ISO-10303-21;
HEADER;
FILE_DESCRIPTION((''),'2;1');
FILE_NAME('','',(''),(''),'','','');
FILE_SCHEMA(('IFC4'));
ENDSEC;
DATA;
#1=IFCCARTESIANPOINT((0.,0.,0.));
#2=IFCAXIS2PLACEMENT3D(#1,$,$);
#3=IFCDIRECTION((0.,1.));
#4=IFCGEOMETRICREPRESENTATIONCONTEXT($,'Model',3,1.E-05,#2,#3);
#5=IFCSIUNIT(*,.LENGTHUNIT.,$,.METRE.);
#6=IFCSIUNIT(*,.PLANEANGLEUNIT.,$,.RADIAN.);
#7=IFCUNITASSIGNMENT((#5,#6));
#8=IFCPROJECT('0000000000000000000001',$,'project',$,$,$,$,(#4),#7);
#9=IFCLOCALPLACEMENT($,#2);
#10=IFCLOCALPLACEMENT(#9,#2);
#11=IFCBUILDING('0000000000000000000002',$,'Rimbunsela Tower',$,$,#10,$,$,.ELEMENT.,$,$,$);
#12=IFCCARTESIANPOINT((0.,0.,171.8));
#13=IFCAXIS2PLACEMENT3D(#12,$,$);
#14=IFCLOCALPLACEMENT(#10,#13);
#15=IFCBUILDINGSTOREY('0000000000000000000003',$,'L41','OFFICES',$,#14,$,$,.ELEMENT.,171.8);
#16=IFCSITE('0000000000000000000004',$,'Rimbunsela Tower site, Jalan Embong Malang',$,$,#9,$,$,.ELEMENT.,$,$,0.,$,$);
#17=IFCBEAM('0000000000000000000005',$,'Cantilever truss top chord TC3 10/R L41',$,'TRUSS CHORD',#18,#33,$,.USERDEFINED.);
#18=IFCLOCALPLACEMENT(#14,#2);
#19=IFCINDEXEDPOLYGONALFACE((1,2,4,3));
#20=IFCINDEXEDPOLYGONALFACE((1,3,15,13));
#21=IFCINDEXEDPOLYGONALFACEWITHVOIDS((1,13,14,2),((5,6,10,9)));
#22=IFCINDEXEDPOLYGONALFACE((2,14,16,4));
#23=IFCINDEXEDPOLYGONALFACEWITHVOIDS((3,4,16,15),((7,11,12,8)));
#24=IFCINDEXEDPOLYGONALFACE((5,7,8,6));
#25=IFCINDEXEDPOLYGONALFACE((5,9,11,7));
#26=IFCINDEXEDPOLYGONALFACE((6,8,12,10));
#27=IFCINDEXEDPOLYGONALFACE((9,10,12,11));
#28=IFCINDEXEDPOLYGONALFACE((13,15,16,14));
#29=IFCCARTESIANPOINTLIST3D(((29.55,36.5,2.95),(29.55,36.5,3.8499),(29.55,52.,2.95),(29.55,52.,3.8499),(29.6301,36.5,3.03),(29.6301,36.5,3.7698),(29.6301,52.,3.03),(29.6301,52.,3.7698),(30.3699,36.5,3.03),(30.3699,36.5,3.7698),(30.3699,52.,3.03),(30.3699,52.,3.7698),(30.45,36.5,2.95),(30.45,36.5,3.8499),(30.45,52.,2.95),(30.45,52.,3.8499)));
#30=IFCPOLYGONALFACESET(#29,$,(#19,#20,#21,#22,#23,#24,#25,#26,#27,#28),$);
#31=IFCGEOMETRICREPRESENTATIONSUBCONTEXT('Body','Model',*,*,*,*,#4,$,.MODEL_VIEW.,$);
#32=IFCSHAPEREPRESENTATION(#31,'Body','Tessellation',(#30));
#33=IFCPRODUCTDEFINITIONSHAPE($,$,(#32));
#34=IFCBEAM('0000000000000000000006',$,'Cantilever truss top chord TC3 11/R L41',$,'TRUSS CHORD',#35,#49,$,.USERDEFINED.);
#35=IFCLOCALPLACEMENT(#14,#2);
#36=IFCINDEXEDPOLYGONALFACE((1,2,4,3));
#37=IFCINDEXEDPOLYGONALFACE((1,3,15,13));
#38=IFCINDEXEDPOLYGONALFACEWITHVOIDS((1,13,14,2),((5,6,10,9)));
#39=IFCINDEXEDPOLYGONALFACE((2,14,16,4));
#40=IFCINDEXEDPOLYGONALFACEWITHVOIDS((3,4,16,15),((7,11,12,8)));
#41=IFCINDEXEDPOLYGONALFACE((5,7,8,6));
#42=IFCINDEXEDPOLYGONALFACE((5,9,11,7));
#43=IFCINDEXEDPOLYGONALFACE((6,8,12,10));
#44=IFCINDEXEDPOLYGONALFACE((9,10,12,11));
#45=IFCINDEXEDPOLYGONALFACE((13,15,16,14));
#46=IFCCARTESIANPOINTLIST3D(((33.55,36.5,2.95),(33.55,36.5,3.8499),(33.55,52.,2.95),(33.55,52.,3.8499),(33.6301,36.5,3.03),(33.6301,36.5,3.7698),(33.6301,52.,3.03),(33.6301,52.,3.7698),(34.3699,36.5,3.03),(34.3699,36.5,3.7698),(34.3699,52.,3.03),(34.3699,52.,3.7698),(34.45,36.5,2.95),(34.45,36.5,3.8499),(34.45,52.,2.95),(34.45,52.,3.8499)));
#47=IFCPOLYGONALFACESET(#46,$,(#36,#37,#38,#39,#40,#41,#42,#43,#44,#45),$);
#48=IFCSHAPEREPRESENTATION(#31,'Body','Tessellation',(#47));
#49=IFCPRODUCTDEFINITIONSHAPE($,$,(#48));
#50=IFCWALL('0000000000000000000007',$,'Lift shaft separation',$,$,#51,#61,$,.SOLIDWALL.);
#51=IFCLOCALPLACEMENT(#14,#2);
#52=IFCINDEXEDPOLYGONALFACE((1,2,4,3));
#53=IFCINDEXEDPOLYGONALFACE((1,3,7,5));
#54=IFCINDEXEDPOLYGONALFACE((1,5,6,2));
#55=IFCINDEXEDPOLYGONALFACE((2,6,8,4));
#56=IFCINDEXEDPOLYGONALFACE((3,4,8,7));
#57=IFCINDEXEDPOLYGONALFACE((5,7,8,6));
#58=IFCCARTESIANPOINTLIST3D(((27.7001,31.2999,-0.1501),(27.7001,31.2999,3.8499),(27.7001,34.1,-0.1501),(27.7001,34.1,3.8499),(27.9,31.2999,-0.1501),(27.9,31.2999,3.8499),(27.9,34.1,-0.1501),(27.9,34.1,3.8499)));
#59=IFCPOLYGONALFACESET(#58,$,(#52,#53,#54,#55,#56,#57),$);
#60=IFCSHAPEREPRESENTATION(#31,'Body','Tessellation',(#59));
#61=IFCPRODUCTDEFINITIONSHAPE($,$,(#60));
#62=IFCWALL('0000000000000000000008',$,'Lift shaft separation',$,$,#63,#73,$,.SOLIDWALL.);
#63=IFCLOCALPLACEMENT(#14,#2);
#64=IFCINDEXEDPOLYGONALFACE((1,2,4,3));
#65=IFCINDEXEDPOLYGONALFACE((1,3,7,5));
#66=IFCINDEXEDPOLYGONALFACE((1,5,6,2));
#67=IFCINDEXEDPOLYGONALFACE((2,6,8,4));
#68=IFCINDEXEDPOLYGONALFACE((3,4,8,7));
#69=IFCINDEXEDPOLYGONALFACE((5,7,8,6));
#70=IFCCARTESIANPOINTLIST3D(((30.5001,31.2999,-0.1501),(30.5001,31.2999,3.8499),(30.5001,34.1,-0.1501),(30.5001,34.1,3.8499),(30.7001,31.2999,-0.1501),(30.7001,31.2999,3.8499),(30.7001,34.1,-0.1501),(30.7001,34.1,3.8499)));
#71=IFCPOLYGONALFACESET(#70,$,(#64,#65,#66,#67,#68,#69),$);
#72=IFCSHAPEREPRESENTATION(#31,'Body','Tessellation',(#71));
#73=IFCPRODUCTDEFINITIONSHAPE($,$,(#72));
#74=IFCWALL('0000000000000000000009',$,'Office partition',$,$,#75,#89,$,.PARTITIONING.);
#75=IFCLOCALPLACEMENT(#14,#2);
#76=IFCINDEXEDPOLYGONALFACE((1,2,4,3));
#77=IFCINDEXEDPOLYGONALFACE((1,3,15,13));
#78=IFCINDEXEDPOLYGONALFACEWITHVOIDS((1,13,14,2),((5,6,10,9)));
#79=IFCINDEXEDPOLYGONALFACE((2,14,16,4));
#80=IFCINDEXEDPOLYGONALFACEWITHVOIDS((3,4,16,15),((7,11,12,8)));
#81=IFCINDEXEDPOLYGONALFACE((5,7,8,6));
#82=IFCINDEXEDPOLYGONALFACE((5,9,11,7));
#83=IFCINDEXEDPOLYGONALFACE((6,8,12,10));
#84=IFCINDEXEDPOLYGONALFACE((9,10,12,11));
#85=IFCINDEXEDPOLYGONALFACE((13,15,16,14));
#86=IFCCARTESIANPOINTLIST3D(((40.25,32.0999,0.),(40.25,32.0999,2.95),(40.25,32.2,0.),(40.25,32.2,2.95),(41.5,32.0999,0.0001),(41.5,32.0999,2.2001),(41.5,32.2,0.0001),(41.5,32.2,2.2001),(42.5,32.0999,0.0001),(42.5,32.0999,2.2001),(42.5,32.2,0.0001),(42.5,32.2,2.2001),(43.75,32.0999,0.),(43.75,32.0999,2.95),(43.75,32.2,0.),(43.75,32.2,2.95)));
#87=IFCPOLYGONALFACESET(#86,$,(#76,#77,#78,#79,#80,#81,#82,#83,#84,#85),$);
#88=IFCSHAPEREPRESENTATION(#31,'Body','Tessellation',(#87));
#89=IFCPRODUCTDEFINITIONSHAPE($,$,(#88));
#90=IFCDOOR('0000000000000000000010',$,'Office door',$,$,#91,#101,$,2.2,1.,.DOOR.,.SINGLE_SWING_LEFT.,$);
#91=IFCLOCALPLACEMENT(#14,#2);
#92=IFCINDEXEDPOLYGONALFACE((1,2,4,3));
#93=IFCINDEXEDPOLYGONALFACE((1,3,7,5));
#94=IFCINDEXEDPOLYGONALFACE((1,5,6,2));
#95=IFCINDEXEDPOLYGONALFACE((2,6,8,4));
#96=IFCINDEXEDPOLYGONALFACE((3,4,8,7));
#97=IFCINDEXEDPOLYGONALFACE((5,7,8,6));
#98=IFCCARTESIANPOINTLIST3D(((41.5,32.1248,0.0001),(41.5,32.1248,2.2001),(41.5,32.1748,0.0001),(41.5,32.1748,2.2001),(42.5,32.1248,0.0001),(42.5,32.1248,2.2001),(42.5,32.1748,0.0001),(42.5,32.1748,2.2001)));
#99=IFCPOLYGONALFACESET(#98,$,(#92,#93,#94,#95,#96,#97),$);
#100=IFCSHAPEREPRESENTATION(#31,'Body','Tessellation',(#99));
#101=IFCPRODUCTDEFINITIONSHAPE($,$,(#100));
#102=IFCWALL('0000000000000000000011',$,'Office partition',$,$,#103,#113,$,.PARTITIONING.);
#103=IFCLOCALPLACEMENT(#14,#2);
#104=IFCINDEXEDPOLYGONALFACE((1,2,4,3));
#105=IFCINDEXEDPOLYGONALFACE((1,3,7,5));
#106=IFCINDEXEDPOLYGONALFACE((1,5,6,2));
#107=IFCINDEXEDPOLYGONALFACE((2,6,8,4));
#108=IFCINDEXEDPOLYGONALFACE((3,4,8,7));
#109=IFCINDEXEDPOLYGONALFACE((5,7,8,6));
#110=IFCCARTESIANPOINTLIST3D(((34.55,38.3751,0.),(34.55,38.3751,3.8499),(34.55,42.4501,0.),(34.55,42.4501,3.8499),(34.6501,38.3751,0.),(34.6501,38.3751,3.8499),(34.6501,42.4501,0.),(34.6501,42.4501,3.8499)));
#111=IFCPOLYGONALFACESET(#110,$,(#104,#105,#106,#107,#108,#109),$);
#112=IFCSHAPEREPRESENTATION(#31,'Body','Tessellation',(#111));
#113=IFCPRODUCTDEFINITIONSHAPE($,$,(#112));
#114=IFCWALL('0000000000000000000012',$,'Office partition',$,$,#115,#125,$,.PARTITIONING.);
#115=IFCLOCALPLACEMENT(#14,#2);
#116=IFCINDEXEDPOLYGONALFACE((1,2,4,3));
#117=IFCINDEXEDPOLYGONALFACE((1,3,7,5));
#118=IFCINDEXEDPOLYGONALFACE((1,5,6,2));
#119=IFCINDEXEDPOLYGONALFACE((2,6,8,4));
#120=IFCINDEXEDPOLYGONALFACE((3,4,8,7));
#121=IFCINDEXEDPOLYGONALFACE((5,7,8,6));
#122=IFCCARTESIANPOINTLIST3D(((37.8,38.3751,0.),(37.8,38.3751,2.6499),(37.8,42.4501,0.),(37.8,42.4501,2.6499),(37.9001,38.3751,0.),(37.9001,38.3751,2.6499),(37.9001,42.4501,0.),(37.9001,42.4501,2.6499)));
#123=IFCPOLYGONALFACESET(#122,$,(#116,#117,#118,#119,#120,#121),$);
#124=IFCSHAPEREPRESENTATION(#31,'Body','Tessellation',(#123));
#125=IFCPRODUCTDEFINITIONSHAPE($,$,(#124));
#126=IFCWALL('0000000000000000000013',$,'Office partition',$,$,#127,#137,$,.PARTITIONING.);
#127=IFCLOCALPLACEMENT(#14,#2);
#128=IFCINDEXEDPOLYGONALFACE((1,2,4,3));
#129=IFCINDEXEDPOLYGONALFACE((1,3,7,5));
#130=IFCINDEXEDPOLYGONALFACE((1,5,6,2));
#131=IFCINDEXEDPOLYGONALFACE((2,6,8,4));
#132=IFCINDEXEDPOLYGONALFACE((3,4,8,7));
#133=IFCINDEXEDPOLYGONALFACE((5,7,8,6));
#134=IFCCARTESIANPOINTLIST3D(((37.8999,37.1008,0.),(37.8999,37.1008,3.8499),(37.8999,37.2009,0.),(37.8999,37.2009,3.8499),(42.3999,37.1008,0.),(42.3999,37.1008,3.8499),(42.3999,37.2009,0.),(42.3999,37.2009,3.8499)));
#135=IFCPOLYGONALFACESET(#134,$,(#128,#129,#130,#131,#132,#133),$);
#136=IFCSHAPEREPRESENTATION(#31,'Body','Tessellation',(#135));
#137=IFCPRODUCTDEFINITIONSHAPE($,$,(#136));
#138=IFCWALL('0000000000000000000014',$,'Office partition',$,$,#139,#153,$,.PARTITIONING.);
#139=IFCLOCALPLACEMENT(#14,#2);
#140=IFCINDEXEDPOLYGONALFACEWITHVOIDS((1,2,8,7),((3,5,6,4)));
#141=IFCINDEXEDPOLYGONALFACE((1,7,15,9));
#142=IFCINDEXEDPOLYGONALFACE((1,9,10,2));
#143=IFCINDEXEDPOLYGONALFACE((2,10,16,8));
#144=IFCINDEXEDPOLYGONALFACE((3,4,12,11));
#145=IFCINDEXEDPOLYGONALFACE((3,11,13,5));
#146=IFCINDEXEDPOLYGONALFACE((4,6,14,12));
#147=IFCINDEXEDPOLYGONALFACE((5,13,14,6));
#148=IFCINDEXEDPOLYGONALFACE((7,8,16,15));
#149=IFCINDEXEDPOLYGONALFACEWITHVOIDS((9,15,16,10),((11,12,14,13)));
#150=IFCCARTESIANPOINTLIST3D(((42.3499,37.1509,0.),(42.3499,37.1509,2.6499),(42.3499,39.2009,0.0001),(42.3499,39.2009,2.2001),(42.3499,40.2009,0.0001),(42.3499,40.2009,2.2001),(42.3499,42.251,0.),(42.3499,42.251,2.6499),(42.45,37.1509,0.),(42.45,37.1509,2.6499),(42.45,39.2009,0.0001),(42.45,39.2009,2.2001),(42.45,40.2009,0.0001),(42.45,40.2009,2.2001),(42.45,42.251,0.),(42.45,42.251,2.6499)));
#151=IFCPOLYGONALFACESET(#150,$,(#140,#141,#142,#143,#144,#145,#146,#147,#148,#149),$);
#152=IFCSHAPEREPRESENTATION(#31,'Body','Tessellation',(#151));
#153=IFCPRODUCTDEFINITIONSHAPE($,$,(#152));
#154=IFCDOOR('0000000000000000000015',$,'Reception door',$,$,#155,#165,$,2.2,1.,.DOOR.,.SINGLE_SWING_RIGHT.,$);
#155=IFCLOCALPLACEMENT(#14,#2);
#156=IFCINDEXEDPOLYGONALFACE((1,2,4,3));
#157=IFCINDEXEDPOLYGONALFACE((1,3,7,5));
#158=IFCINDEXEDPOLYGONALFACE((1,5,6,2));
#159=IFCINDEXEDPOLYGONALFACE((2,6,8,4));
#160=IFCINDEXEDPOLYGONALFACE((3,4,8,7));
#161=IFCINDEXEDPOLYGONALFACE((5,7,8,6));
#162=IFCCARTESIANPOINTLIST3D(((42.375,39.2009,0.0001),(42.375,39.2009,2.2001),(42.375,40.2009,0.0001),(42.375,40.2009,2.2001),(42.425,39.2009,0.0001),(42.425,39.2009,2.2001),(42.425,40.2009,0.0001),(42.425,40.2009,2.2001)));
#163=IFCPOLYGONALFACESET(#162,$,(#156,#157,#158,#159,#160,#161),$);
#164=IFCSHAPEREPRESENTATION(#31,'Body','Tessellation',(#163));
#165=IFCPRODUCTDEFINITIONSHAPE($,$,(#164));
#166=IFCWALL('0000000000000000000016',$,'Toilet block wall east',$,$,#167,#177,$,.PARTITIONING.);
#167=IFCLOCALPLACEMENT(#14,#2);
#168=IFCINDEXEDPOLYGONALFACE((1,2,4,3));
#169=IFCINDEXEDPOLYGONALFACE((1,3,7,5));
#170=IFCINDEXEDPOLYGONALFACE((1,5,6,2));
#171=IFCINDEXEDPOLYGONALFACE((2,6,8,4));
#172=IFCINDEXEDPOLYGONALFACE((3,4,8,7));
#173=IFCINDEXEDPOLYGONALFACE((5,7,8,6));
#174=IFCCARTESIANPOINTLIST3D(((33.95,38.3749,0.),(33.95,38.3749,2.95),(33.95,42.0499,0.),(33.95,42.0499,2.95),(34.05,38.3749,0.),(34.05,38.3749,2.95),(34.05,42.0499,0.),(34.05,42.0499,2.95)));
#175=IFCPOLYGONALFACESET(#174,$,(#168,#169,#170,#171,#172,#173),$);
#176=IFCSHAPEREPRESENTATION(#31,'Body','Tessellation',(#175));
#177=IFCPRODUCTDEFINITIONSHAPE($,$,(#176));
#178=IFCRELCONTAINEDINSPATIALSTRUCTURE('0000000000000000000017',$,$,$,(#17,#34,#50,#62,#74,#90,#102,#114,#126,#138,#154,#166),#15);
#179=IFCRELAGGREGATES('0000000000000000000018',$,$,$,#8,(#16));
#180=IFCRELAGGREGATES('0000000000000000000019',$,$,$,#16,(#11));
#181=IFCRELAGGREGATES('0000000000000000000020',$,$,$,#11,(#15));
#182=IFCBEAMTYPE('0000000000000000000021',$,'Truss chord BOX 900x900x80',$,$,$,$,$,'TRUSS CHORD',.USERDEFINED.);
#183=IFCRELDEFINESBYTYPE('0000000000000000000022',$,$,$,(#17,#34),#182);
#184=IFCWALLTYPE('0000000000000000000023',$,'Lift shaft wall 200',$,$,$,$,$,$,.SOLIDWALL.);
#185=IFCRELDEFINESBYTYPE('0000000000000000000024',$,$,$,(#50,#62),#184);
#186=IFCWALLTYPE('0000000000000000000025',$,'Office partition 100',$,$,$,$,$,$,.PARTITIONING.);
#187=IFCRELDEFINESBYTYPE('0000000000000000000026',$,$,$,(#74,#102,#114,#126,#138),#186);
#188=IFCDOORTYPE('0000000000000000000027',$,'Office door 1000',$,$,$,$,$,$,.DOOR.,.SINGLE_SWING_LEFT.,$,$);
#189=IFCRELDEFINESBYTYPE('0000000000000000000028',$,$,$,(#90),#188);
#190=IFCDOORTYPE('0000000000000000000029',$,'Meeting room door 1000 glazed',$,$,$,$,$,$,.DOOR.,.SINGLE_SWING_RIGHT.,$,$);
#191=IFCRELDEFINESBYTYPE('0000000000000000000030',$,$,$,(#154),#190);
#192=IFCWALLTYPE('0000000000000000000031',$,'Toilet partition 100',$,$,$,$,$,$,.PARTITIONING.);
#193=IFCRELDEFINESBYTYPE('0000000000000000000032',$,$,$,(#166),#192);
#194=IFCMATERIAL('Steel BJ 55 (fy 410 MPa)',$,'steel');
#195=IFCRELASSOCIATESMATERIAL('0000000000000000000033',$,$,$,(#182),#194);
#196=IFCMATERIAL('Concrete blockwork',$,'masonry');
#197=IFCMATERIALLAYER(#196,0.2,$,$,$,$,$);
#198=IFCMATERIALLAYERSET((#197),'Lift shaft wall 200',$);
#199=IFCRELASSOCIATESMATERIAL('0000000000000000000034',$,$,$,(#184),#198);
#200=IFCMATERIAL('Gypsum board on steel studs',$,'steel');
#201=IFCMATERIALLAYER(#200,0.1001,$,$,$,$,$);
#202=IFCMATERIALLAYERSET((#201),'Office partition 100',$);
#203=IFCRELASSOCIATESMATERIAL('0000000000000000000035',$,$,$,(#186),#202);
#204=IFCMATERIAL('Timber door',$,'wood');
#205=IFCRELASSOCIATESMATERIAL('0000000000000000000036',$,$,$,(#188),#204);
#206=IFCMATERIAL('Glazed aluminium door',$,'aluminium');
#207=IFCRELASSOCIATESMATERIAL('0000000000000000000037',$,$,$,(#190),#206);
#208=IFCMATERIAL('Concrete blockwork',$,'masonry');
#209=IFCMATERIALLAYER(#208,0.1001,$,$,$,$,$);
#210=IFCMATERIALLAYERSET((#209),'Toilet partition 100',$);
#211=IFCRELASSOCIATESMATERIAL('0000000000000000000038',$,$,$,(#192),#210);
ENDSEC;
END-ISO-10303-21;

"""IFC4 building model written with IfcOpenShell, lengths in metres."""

from ifc_helpers import new_model, si_unit, direction, frame, frame_2d, origin, origin_2d, place, context, subcontext, project, spatial, rectangle, hollow_rectangle, extrude, material, layer, layer_set, material_profile, profile_set, type_object, element, fill, save


model = new_model("IFC4")

# Units and contexts
model_context = context("Model", 3, precision=1e-05, world=origin(), true_north=direction((0.0, 1.0)))
body_context = subcontext(model_context, "Body", "Model", "MODEL_VIEW")
ifc_project = project(units=[si_unit("LENGTHUNIT", "METRE"), si_unit("PLANEANGLEUNIT", "RADIAN")], contexts=[model_context])

# Site, building, storey
site_placement = place(None, origin())
site = spatial("IfcSite", under=ifc_project, at=site_placement, Name="Rimbunsela Tower site, Jalan Embong Malang", CompositionType="ELEMENT", RefElevation=0.0)
building_placement = place(site_placement, origin())
building = spatial("IfcBuilding", under=site, at=building_placement, Name="Rimbunsela Tower", CompositionType="ELEMENT")
storey_placement = place(building_placement, frame((0.0, 0.0, 171.8)))
storey = spatial("IfcBuildingStorey", under=building, at=storey_placement, Name="L41", Description="OFFICES", CompositionType="ELEMENT", Elevation=171.8)

# Beams
ifc_material_1 = material(Name="Steel BJ 55 (fy 410 MPa)", Category="steel")
ifc_material_profile_1 = material_profile(ifc_material_1, hollow_rectangle(XDim=0.8999, YDim=0.8999, WallThickness=0.0801, at=origin_2d()), Name="BOX 900x900x80")
ifc_profile_set_1 = profile_set([ifc_material_profile_1], Name="Steel BJ 55 (fy 410 MPa)")
beam_type_1 = type_object("IfcBeamType", Name="Truss chord BOX 900x900x80", ElementType="TRUSS CHORD", PredefinedType="USERDEFINED", material=ifc_profile_set_1)
for number, where, z_axis, x_axis, name in (
    (1, (30.0, 36.5, 3.3999), (0.0, 1.0, 0.0), (-1.0, 0.0, 0.0), "Cantilever truss top chord TC3 10/R L41"),
    (2, (34.0, 36.5, 3.3999), (0.0, 1.0, 0.0), (-1.0, 0.0, 0.0), "Cantilever truss top chord TC3 11/R L41"),
):
    element("IfcBeam", number, at=place(storey_placement, frame(where, z_axis=z_axis, x_axis=x_axis)), inside=storey, type_object=beam_type_1, Name=name, ObjectType="TRUSS CHORD", PredefinedType="USERDEFINED", context=body_context, shape_type="SweptSolid", body=[
        extrude(hollow_rectangle(XDim=0.8999, YDim=0.8999, WallThickness=0.0801, at=origin_2d()), origin(), (0.0, 0.0, 1.0), 15.5),
    ])

# Walls
ifc_material_2 = material(Name="Concrete blockwork", Category="masonry")
ifc_layer_1 = layer(ifc_material_2, 0.2)
ifc_layer_set_1 = layer_set([ifc_layer_1], Name="Lift shaft wall 200")
wall_type_1 = type_object("IfcWallType", Name="Lift shaft wall 200", PredefinedType="SOLIDWALL", material=ifc_layer_set_1)
for number, where, z_axis, x_axis, name in (
    (3, (27.8, 31.3, -0.1501), (0.0, 0.0, 1.0), (0.0, 1.0, 0.0), "Lift shaft separation"),
    (4, (30.6001, 31.3, -0.1501), (0.0, 0.0, 1.0), (0.0, 1.0, 0.0), "Lift shaft separation"),
):
    element("IfcWall", number, at=place(storey_placement, frame(where, z_axis=z_axis, x_axis=x_axis)), inside=storey, type_object=wall_type_1, Name=name, PredefinedType="SOLIDWALL", context=body_context, shape_type="SweptSolid", body=[
        extrude(rectangle(XDim=2.8, YDim=0.2, at=frame_2d((1.3999, 0.0))), origin(), (0.0, 0.0, 1.0), 4.0),
    ])

# Wall, opening, door
ifc_material_3 = material(Name="Gypsum board on steel studs", Category="steel")
ifc_layer_2 = layer(ifc_material_3, 0.1001)
ifc_layer_set_2 = layer_set([ifc_layer_2], Name="Office partition 100")
wall_type_2 = type_object("IfcWallType", Name="Office partition 100", PredefinedType="PARTITIONING", material=ifc_layer_set_2)
wall_1_placement = place(storey_placement, frame((40.25, 32.1499, 0.0), z_axis=(0.0, 0.0, 1.0), x_axis=(1.0, 0.0, 0.0)))
wall_1 = element("IfcWall", 5, at=wall_1_placement, inside=storey, type_object=wall_type_2, Name="Office partition", PredefinedType="PARTITIONING", context=body_context, shape_type="SweptSolid", body=[
    extrude(rectangle(XDim=3.5, YDim=0.1001, at=frame_2d((1.75, 0.0))), origin(), (0.0, 0.0, 1.0), 2.95),
])
opening_1_placement = place(wall_1_placement, frame((1.25, 0.0, 0.0)))
opening_1 = element("IfcOpeningElement", 6, at=opening_1_placement, cuts=wall_1, PredefinedType="OPENING", context=body_context, shape_type="SweptSolid", body=[
    extrude(rectangle(XDim=1.0, YDim=2.2, at=frame_2d((0.5, 1.1001))), frame((0.0, 0.0601, 0.0), z_axis=(0.0, -1.0, 0.0), x_axis=(1.0, 0.0, 0.0)), (0.0, 0.0, 1.0), 0.1201),
])
ifc_material_4 = material(Name="Timber door", Category="wood")
door_type_1 = type_object("IfcDoorType", Name="Office door 1000", OperationType="SINGLE_SWING_LEFT", PredefinedType="DOOR", material=ifc_material_4)
door_1_placement = place(opening_1_placement, origin())
door_1 = element("IfcDoor", 7, at=door_1_placement, inside=storey, type_object=door_type_1, Name="Office door", OperationType="SINGLE_SWING_LEFT", OverallHeight=2.2, OverallWidth=1.0, PredefinedType="DOOR", context=body_context, shape_type="SweptSolid", body=[
    extrude(rectangle(XDim=1.0, YDim=2.2, at=frame_2d((0.5, 1.1001))), frame((0.0, 0.0249, 0.0), z_axis=(0.0, -1.0, 0.0), x_axis=(1.0, 0.0, 0.0)), (0.0, 0.0, 1.0), 0.05),
])
fill(opening_1, door_1)

# Walls
wall_2_placement = place(storey_placement, frame((34.6001, 38.375, 0.0), z_axis=(0.0, 0.0, 1.0), x_axis=(0.0, 1.0, 0.0)))
element("IfcWall", 8, at=wall_2_placement, inside=storey, type_object=wall_type_2, Name="Office partition", PredefinedType="PARTITIONING", context=body_context, shape_type="SweptSolid", body=[
    extrude(rectangle(XDim=4.075, YDim=0.1001, at=frame_2d((2.0376, 0.0))), origin(), (0.0, 0.0, 1.0), 3.8499),
])
wall_3_placement = place(storey_placement, frame((37.8501, 38.375, 0.0), z_axis=(0.0, 0.0, 1.0), x_axis=(0.0, 1.0, 0.0)))
element("IfcWall", 9, at=wall_3_placement, inside=storey, type_object=wall_type_2, Name="Office partition", PredefinedType="PARTITIONING", context=body_context, shape_type="SweptSolid", body=[
    extrude(rectangle(XDim=4.075, YDim=0.1001, at=frame_2d((2.0376, 0.0))), origin(), (0.0, 0.0, 1.0), 2.6499),
])
wall_4_placement = place(storey_placement, frame((37.8999, 37.1509, 0.0), z_axis=(0.0, 0.0, 1.0), x_axis=(1.0, 0.0, 0.0)))
element("IfcWall", 10, at=wall_4_placement, inside=storey, type_object=wall_type_2, Name="Office partition", PredefinedType="PARTITIONING", context=body_context, shape_type="SweptSolid", body=[
    extrude(rectangle(XDim=4.5, YDim=0.1001, at=frame_2d((2.25, 0.0))), origin(), (0.0, 0.0, 1.0), 3.8499),
])

# Wall, opening, door
wall_5_placement = place(storey_placement, frame((42.3999, 37.1509, 0.0), z_axis=(0.0, 0.0, 1.0), x_axis=(0.0, 1.0, 0.0)))
wall_5 = element("IfcWall", 11, at=wall_5_placement, inside=storey, type_object=wall_type_2, Name="Office partition", PredefinedType="PARTITIONING", context=body_context, shape_type="SweptSolid", body=[
    extrude(rectangle(XDim=5.1001, YDim=0.1001, at=frame_2d((2.55, 0.0))), origin(), (0.0, 0.0, 1.0), 2.6499),
])
opening_2_placement = place(wall_5_placement, frame((2.05, 0.0, 0.0)))
opening_2 = element("IfcOpeningElement", 12, at=opening_2_placement, cuts=wall_5, PredefinedType="OPENING", context=body_context, shape_type="SweptSolid", body=[
    extrude(rectangle(XDim=1.0, YDim=2.2, at=frame_2d((0.5, 1.1001))), frame((0.0, 0.0601, 0.0), z_axis=(0.0, -1.0, 0.0), x_axis=(1.0, 0.0, 0.0)), (0.0, 0.0, 1.0), 0.1201),
])
ifc_material_5 = material(Name="Glazed aluminium door", Category="aluminium")
door_type_2 = type_object("IfcDoorType", Name="Meeting room door 1000 glazed", OperationType="SINGLE_SWING_RIGHT", PredefinedType="DOOR", material=ifc_material_5)
door_2_placement = place(opening_2_placement, origin())
door_2 = element("IfcDoor", 13, at=door_2_placement, inside=storey, type_object=door_type_2, Name="Reception door", OperationType="SINGLE_SWING_RIGHT", OverallHeight=2.2, OverallWidth=1.0, PredefinedType="DOOR", context=body_context, shape_type="SweptSolid", body=[
    extrude(rectangle(XDim=1.0, YDim=2.2, at=frame_2d((0.5, 1.1001))), frame((0.0, 0.0249, 0.0), z_axis=(0.0, -1.0, 0.0), x_axis=(1.0, 0.0, 0.0)), (0.0, 0.0, 1.0), 0.05),
])
fill(opening_2, door_2)

# Wall
ifc_material_6 = material(Name="Concrete blockwork", Category="masonry")
ifc_layer_3 = layer(ifc_material_6, 0.1001)
ifc_layer_set_3 = layer_set([ifc_layer_3], Name="Toilet partition 100")
wall_type_3 = type_object("IfcWallType", Name="Toilet partition 100", PredefinedType="PARTITIONING", material=ifc_layer_set_3)
wall_6_placement = place(storey_placement, frame((34.0, 38.375, 0.0), z_axis=(0.0, 0.0, 1.0), x_axis=(0.0, 1.0, 0.0)))
element("IfcWall", 14, at=wall_6_placement, inside=storey, type_object=wall_type_3, Name="Toilet block wall east", PredefinedType="PARTITIONING", context=body_context, shape_type="SweptSolid", body=[
    extrude(rectangle(XDim=3.675, YDim=0.1001, at=frame_2d((1.8374, 0.0))), origin(), (0.0, 0.0, 1.0), 2.95),
])

save(model, "model.ifc")
